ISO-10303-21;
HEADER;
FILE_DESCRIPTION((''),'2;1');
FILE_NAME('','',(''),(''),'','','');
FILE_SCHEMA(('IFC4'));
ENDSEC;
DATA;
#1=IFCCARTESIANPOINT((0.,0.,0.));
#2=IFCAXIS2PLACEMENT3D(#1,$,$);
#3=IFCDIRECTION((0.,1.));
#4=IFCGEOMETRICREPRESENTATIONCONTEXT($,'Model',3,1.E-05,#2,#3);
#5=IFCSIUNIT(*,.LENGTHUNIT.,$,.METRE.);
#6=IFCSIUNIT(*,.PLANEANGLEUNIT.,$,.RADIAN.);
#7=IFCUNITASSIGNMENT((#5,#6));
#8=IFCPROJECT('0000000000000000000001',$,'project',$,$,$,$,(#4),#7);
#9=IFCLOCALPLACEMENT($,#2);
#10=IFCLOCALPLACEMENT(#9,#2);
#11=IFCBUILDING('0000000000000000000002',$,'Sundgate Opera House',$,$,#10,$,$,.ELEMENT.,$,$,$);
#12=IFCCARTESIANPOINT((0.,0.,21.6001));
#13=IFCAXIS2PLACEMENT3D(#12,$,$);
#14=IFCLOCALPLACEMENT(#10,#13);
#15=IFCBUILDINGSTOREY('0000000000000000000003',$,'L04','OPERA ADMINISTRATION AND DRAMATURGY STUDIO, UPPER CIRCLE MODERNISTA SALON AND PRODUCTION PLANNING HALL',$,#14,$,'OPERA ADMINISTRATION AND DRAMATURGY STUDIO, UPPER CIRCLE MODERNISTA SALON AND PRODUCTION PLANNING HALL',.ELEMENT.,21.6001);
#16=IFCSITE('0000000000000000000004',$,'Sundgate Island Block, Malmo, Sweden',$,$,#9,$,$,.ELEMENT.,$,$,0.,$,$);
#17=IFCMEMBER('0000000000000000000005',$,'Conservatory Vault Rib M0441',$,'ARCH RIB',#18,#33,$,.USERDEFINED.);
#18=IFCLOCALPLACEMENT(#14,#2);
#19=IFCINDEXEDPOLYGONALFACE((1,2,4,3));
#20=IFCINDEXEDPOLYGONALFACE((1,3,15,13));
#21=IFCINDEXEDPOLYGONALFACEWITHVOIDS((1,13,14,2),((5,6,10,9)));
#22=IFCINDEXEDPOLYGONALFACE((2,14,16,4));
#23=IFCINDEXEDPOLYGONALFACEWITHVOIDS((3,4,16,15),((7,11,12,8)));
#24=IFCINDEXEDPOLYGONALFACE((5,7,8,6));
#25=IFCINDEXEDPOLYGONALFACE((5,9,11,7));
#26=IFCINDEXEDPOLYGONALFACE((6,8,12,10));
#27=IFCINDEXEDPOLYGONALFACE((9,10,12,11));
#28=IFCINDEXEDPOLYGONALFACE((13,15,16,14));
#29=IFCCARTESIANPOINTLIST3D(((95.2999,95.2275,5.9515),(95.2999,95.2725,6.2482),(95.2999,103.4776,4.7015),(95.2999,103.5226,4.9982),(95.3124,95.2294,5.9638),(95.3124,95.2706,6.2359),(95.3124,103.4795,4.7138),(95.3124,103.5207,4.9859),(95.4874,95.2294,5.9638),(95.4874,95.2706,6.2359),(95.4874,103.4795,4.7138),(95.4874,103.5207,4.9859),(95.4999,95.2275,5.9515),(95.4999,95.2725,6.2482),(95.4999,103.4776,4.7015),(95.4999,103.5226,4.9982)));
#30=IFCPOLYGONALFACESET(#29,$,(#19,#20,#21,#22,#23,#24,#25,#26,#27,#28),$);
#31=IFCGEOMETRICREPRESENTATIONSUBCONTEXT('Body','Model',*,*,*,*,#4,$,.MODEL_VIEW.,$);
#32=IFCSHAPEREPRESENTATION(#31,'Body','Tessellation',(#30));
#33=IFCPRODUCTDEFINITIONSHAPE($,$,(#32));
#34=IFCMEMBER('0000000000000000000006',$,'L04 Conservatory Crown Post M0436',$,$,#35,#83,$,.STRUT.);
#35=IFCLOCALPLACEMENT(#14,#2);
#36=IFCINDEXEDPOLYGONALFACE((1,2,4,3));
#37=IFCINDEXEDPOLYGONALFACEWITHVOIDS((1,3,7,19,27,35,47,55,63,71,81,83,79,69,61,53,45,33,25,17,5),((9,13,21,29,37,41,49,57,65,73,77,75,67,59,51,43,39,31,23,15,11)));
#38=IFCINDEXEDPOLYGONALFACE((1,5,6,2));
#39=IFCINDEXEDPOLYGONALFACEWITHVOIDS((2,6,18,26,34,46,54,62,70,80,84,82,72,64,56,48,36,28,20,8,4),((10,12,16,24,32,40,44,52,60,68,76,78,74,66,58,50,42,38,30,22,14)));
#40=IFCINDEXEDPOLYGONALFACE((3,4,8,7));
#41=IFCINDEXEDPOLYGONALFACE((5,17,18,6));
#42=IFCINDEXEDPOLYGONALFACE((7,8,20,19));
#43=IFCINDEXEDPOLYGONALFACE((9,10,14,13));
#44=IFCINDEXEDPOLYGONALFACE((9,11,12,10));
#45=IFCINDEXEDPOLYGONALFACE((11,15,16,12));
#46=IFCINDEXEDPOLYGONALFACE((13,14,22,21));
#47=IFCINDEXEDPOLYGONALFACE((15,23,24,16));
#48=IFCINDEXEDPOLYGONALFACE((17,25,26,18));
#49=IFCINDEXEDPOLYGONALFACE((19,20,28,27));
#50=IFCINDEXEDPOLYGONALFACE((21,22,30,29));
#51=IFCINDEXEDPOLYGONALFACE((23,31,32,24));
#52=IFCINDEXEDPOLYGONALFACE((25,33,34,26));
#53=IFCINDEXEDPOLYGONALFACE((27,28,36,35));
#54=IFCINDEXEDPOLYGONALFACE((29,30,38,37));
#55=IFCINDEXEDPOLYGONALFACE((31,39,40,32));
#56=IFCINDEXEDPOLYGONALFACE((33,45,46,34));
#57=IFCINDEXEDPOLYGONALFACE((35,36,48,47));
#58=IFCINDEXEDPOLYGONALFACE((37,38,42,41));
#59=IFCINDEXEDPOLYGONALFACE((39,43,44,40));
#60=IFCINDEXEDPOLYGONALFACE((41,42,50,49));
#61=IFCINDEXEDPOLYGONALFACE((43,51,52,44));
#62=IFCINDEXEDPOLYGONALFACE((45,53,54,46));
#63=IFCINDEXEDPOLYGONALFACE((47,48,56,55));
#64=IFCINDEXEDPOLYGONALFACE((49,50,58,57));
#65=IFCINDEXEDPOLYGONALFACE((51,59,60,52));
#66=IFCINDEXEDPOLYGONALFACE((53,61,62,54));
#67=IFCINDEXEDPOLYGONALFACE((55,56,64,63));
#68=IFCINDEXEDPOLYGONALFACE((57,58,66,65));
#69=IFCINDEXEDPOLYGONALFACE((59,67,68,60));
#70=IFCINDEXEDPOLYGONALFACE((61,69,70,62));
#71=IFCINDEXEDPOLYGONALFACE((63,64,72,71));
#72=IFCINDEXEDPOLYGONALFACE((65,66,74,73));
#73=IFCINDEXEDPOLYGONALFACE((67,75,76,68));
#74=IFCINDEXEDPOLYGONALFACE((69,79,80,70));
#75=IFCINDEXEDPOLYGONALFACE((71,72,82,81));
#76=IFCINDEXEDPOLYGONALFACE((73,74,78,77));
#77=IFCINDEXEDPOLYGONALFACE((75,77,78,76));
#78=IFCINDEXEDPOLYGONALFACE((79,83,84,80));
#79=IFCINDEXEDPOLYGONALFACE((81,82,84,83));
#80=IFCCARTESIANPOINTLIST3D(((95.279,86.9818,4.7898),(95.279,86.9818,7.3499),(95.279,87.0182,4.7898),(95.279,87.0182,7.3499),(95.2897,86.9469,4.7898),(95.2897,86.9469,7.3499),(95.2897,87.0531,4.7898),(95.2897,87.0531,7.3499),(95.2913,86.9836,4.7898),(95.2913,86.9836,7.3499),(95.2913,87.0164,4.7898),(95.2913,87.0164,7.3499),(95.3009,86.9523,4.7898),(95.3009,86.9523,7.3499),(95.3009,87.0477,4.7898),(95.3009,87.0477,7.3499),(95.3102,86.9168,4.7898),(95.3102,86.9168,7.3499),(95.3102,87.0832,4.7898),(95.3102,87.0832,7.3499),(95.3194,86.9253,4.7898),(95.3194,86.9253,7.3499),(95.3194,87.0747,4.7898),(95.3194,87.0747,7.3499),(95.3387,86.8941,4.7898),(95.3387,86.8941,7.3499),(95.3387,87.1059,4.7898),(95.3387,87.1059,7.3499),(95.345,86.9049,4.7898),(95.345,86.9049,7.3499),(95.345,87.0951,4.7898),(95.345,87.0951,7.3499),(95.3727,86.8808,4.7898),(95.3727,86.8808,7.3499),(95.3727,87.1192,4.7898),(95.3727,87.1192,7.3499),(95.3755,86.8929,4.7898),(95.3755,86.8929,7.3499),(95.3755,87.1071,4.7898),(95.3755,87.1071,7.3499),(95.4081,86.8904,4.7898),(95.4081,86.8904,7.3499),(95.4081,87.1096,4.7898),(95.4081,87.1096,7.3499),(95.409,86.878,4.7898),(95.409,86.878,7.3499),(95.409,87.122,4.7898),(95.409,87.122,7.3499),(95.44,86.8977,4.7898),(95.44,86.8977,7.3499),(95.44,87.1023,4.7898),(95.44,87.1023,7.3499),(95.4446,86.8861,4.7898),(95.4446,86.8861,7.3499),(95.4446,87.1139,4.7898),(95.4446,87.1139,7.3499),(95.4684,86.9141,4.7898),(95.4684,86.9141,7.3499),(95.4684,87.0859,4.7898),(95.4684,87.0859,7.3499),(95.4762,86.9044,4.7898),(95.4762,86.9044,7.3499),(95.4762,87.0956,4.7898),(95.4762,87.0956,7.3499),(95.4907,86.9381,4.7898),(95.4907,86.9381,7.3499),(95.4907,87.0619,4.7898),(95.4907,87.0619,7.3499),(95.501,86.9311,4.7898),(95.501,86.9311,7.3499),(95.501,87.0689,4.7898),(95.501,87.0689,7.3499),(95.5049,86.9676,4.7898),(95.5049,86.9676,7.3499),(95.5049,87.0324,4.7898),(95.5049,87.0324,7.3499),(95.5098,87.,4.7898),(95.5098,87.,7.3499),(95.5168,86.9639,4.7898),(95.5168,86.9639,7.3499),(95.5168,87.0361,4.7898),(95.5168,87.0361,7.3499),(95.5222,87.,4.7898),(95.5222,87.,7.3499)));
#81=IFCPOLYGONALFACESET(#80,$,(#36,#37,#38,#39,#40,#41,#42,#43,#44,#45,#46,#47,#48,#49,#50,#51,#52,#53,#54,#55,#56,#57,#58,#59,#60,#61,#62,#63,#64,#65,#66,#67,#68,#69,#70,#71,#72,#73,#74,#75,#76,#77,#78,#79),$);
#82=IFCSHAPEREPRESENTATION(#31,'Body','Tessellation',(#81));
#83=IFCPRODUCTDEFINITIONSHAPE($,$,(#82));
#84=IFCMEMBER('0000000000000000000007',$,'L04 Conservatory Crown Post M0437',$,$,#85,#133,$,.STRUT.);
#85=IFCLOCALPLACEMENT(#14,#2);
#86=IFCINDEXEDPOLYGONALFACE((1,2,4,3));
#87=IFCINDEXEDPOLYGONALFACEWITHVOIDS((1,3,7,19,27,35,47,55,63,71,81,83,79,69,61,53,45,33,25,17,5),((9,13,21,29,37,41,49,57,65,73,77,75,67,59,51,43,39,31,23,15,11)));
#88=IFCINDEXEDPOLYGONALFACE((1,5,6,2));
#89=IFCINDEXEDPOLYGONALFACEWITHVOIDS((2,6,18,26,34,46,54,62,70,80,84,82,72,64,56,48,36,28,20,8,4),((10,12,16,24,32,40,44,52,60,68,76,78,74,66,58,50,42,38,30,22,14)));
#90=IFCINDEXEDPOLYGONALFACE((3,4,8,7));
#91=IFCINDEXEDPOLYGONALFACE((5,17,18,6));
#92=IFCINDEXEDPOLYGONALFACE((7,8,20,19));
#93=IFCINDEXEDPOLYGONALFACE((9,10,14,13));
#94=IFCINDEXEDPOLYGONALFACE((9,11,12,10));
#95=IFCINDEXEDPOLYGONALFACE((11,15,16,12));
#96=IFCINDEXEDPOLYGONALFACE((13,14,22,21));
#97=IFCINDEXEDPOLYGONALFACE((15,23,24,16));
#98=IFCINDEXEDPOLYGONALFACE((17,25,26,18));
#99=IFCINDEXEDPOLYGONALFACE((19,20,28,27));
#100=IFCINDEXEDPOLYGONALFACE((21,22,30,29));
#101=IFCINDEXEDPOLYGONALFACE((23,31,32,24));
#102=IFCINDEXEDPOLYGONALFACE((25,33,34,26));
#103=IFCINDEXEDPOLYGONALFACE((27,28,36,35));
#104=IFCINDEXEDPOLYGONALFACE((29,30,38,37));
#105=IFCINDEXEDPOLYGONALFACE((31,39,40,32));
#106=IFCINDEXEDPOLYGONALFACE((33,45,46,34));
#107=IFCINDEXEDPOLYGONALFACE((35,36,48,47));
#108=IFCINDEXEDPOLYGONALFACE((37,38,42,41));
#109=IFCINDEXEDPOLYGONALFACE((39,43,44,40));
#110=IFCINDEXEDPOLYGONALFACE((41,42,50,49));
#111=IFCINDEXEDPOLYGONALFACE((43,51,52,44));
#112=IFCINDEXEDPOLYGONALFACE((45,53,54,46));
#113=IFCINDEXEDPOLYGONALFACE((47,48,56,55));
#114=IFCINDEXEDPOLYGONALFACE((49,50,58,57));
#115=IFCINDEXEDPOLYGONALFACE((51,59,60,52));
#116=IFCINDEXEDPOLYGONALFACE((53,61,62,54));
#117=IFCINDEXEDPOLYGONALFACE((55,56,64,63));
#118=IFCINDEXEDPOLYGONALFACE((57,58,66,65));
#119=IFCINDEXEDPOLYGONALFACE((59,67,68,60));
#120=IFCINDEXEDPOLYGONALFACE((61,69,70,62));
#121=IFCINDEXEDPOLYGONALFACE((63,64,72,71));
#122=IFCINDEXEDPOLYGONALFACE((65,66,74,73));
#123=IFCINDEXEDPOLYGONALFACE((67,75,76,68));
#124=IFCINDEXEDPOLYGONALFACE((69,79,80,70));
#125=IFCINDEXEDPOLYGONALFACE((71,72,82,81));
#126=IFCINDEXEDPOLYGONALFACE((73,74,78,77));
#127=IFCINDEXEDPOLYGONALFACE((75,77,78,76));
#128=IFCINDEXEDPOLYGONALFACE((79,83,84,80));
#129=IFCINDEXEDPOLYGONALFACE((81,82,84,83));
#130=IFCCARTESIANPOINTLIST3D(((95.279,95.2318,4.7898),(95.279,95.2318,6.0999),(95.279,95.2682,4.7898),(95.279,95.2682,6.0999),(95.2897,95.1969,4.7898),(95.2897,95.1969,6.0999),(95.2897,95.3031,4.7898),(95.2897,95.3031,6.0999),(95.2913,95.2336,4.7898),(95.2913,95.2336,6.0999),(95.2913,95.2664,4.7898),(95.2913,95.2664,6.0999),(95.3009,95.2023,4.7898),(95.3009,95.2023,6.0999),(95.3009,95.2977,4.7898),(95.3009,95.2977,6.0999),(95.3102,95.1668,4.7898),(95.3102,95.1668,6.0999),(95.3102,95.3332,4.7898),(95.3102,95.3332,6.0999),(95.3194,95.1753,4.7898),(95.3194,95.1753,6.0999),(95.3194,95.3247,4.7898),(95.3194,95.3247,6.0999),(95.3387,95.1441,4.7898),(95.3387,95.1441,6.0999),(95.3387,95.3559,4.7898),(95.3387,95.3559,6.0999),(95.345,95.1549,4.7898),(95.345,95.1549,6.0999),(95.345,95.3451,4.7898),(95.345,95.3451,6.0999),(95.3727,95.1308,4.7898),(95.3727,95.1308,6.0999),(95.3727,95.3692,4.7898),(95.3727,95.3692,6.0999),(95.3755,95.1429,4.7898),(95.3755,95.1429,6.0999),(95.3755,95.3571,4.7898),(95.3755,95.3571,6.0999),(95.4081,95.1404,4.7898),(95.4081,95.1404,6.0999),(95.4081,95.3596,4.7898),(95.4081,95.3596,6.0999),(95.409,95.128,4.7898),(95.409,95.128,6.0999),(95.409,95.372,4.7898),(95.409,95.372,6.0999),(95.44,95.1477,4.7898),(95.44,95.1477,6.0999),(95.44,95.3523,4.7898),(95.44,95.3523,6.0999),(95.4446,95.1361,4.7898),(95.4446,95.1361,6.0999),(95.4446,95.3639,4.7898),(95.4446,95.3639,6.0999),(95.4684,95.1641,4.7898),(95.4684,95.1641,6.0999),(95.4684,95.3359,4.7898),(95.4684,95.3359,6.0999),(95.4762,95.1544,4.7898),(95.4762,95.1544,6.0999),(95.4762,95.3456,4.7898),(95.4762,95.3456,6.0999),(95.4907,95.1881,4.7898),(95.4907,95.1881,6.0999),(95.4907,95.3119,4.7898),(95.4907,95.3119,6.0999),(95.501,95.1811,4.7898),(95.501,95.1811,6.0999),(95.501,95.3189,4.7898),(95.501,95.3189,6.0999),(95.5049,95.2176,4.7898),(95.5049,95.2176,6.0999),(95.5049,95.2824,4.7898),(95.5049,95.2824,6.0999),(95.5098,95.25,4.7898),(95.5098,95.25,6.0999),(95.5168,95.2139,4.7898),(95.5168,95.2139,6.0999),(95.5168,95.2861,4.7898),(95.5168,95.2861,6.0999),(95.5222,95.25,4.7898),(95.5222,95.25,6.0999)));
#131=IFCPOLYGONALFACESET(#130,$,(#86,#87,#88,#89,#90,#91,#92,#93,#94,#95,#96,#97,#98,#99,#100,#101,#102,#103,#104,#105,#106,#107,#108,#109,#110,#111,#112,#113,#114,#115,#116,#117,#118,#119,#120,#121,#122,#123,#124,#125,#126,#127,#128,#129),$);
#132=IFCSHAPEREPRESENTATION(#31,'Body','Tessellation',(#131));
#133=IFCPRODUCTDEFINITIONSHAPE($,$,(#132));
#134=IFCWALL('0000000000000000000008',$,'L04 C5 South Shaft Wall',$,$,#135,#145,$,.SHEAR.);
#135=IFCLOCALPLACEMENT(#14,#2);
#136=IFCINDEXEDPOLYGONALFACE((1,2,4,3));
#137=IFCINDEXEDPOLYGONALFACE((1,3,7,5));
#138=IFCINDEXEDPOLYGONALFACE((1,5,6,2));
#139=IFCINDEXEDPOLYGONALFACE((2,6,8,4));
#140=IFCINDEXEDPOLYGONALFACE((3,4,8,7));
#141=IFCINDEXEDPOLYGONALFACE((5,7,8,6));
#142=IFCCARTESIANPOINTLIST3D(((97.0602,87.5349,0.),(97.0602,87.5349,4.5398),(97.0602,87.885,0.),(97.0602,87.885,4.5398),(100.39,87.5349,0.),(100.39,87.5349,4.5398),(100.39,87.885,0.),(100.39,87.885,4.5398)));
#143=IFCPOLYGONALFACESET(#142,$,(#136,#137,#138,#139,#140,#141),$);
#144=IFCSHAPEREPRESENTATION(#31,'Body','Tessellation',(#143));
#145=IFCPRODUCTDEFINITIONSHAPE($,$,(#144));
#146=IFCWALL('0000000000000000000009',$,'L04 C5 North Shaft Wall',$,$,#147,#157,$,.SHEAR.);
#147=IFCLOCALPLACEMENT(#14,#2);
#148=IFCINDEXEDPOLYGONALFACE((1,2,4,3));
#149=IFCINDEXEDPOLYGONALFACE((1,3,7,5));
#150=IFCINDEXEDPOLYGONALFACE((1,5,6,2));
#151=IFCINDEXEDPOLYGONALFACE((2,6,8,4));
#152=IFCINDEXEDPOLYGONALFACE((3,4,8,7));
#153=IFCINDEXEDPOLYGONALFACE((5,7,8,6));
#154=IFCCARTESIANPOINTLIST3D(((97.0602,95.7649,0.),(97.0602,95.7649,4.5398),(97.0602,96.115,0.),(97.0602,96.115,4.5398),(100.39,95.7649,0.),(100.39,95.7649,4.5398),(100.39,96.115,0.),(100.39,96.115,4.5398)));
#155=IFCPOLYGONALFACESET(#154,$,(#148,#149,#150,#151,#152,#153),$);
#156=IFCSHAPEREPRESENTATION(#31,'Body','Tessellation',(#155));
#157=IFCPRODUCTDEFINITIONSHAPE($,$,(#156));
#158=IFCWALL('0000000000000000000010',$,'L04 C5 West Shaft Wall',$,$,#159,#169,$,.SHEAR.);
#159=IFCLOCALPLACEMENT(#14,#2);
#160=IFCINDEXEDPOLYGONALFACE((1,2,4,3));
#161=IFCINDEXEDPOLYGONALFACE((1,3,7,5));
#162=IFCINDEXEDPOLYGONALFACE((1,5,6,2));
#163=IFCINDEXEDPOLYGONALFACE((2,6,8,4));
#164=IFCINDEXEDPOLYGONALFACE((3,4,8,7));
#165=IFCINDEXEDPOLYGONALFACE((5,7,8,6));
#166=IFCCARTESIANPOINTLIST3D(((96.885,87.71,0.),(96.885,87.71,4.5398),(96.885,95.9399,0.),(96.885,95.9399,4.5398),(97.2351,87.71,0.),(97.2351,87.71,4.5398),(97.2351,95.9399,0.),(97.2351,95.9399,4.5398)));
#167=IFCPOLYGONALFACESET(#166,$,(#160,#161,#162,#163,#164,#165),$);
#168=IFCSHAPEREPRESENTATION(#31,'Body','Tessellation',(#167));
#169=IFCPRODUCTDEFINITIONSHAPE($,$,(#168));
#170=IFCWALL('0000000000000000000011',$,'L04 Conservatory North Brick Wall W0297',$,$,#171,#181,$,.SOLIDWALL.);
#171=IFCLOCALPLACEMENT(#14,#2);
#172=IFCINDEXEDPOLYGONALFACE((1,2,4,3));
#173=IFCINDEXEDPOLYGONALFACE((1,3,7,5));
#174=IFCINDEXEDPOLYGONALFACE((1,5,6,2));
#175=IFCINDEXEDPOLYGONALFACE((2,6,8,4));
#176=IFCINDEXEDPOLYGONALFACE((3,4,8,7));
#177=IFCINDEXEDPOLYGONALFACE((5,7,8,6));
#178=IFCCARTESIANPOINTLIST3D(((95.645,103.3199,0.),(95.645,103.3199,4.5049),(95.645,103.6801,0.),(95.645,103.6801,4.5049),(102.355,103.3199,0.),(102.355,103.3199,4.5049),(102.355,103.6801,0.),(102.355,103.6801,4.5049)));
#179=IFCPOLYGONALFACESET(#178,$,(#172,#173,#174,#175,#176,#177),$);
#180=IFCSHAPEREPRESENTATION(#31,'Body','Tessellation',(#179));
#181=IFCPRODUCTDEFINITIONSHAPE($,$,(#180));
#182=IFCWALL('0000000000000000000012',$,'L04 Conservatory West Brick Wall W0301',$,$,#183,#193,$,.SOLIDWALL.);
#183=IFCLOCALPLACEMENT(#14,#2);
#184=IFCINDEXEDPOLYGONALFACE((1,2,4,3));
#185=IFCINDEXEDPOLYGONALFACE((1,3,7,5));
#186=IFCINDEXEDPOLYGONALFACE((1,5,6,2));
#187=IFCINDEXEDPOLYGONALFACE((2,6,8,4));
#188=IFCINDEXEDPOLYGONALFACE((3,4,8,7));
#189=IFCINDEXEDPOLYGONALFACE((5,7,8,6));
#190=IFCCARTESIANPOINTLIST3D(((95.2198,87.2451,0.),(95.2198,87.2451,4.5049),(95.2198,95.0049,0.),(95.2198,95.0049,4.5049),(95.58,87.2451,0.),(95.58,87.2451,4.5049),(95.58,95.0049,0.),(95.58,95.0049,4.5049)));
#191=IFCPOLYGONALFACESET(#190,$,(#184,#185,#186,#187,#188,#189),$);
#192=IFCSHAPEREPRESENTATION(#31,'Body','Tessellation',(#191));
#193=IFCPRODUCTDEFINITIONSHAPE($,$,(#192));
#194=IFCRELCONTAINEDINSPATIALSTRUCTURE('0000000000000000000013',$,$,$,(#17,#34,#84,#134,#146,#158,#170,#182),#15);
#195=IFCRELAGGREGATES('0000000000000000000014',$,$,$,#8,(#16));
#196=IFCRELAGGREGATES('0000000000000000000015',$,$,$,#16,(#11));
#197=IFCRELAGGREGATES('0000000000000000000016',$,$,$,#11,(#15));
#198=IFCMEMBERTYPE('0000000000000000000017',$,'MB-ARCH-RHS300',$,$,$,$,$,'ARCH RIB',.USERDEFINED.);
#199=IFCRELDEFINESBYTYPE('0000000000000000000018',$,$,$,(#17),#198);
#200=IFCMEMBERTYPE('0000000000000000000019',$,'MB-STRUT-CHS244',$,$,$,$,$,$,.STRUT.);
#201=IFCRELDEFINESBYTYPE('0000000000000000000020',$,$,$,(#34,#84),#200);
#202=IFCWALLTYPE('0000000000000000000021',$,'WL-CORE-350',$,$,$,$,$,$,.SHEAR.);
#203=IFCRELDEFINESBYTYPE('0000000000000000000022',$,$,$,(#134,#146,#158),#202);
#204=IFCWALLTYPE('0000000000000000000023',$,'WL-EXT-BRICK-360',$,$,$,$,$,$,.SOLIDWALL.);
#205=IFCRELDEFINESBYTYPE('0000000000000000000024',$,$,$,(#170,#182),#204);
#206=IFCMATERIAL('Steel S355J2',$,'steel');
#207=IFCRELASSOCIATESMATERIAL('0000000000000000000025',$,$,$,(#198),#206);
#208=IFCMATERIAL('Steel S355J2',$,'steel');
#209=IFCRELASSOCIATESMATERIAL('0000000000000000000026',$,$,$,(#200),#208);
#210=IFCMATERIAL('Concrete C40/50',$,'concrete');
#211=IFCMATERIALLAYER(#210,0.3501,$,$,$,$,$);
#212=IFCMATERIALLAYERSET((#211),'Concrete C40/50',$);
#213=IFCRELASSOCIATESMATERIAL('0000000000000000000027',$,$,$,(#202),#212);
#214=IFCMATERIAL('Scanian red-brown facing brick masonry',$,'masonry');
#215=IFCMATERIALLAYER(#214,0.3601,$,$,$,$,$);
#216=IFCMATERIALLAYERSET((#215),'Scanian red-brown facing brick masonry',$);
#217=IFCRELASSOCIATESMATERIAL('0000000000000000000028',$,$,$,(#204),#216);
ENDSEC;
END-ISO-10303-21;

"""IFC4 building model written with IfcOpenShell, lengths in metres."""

from ifc_helpers import new_model, si_unit, direction, frame, frame_2d, origin, origin_2d, place, context, subcontext, project, spatial, rectangle, hollow_rectangle, hollow_circle, extrude, material, layer, layer_set, material_profile, profile_set, type_object, element, save


model = new_model("IFC4")

# Units and contexts
model_context = context("Model", 3, precision=1e-05, world=origin(), true_north=direction((0.0, 1.0)))
body_context = subcontext(model_context, "Body", "Model", "MODEL_VIEW")
ifc_project = project(units=[si_unit("LENGTHUNIT", "METRE"), si_unit("PLANEANGLEUNIT", "RADIAN")], contexts=[model_context])

# Site, building, storey
site_placement = place(None, origin())
site = spatial("IfcSite", under=ifc_project, at=site_placement, Name="Sundgate Island Block, Malmo, Sweden", CompositionType="ELEMENT", RefElevation=0.0)
building_placement = place(site_placement, origin())
building = spatial("IfcBuilding", under=site, at=building_placement, Name="Sundgate Opera House", CompositionType="ELEMENT")
storey_placement = place(building_placement, frame((0.0, 0.0, 21.6001)))
storey = spatial("IfcBuildingStorey", under=building, at=storey_placement, Name="L04", Description="OPERA ADMINISTRATION AND DRAMATURGY STUDIO, UPPER CIRCLE MODERNISTA SALON AND PRODUCTION PLANNING HALL", LongName="OPERA ADMINISTRATION AND DRAMATURGY STUDIO, UPPER CIRCLE MODERNISTA SALON AND PRODUCTION PLANNING HALL", CompositionType="ELEMENT", Elevation=21.6001)

# Members
ifc_material_1 = material(Name="Steel S355J2", Category="steel")
ifc_material_profile_1 = material_profile(ifc_material_1, hollow_rectangle(XDim=0.2, YDim=0.3, WallThickness=0.0125, at=origin_2d()), Name="RHS 300x200x12.5")
ifc_profile_set_1 = profile_set([ifc_material_profile_1], Name="Steel S355J2")
member_type_1 = type_object("IfcMemberType", Name="MB-ARCH-RHS300", ElementType="ARCH RIB", PredefinedType="USERDEFINED", material=ifc_profile_set_1)
member_1_placement = place(storey_placement, frame((95.3999, 95.25, 6.0999), z_axis=(0.0, 0.988716, -0.149805), x_axis=(-1.0, 0.0, 0.0)))
element("IfcMember", 1, at=member_1_placement, inside=storey, type_object=member_type_1, Name="Conservatory Vault Rib M0441", ObjectType="ARCH RIB", PredefinedType="USERDEFINED", context=body_context, shape_type="SweptSolid", body=[
    extrude(hollow_rectangle(XDim=0.2, YDim=0.3, WallThickness=0.0125, at=origin_2d()), origin(), (0.0, 0.0, 1.0), 8.3442),
])
ifc_material_2 = material(Name="Steel S355J2", Category="steel")
ifc_material_profile_2 = material_profile(ifc_material_2, hollow_circle(Radius=0.1223, WallThickness=0.0125, at=origin_2d()), Name="CHS 244.5x12.5")
ifc_profile_set_2 = profile_set([ifc_material_profile_2], Name="Steel S355J2")
member_type_2 = type_object("IfcMemberType", Name="MB-STRUT-CHS244", PredefinedType="STRUT", material=ifc_profile_set_2)
member_2_placement = place(storey_placement, frame((95.3999, 87.0, 4.7898), z_axis=(0.0, 0.0, 1.0), x_axis=(1.0, 0.0, 0.0)))
element("IfcMember", 2, at=member_2_placement, inside=storey, type_object=member_type_2, Name="L04 Conservatory Crown Post M0436", PredefinedType="STRUT", context=body_context, shape_type="SweptSolid", body=[
    extrude(hollow_circle(Radius=0.1223, WallThickness=0.0125, at=origin_2d()), origin(), (0.0, 0.0, 1.0), 2.5601),
])
member_3_placement = place(storey_placement, frame((95.3999, 95.25, 4.7898), z_axis=(0.0, 0.0, 1.0), x_axis=(1.0, 0.0, 0.0)))
element("IfcMember", 3, at=member_3_placement, inside=storey, type_object=member_type_2, Name="L04 Conservatory Crown Post M0437", PredefinedType="STRUT", context=body_context, shape_type="SweptSolid", body=[
    extrude(hollow_circle(Radius=0.1223, WallThickness=0.0125, at=origin_2d()), origin(), (0.0, 0.0, 1.0), 1.3101),
])

# Walls
ifc_material_3 = material(Name="Concrete C40/50", Category="concrete")
ifc_layer_1 = layer(ifc_material_3, 0.3501)
ifc_layer_set_1 = layer_set([ifc_layer_1], Name="Concrete C40/50")
wall_type_1 = type_object("IfcWallType", Name="WL-CORE-350", PredefinedType="SHEAR", material=ifc_layer_set_1)
for number, where, z_axis, x_axis, name in (
    (4, (97.0601, 87.71, 0.0), (0.0, 0.0, 1.0), (1.0, 0.0, 0.0), "L04 C5 South Shaft Wall"),
    (5, (97.0601, 95.9399, 0.0), (0.0, 0.0, 1.0), (1.0, 0.0, 0.0), "L04 C5 North Shaft Wall"),
):
    element("IfcWall", number, at=place(storey_placement, frame(where, z_axis=z_axis, x_axis=x_axis)), inside=storey, type_object=wall_type_1, Name=name, PredefinedType="SHEAR", context=body_context, shape_type="SweptSolid", body=[
        extrude(rectangle(XDim=3.3298, YDim=0.3501, at=frame_2d((1.665, 0.0))), origin(), (0.0, 0.0, 1.0), 4.5398),
    ])
wall_1_placement = place(storey_placement, frame((97.0601, 87.71, 0.0), z_axis=(0.0, 0.0, 1.0), x_axis=(0.0, 1.0, 0.0)))
element("IfcWall", 6, at=wall_1_placement, inside=storey, type_object=wall_type_1, Name="L04 C5 West Shaft Wall", PredefinedType="SHEAR", context=body_context, shape_type="SweptSolid", body=[
    extrude(rectangle(XDim=8.23, YDim=0.3501, at=frame_2d((4.115, 0.0))), origin(), (0.0, 0.0, 1.0), 4.5398),
])
ifc_material_4 = material(Name="Scanian red-brown facing brick masonry", Category="masonry")
ifc_layer_2 = layer(ifc_material_4, 0.3601)
ifc_layer_set_2 = layer_set([ifc_layer_2], Name="Scanian red-brown facing brick masonry")
wall_type_2 = type_object("IfcWallType", Name="WL-EXT-BRICK-360", PredefinedType="SOLIDWALL", material=ifc_layer_set_2)
wall_2_placement = place(storey_placement, frame((95.645, 103.5, 0.0), z_axis=(0.0, 0.0, 1.0), x_axis=(1.0, 0.0, 0.0)))
element("IfcWall", 7, at=wall_2_placement, inside=storey, type_object=wall_type_2, Name="L04 Conservatory North Brick Wall W0297", PredefinedType="SOLIDWALL", context=body_context, shape_type="SweptSolid", body=[
    extrude(rectangle(XDim=6.71, YDim=0.3601, at=frame_2d((3.355, 0.0))), origin(), (0.0, 0.0, 1.0), 4.5049),
])
for number, where, z_axis, x_axis, name in (
    (8, (95.3999, 95.0049, 0.0), (0.0, 0.0, 1.0), (0.0, -1.0, 0.0), "L04 Conservatory West Brick Wall W0301"),
):
    element("IfcWall", number, at=place(storey_placement, frame(where, z_axis=z_axis, x_axis=x_axis)), inside=storey, type_object=wall_type_2, Name=name, PredefinedType="SOLIDWALL", context=body_context, shape_type="SweptSolid", body=[
        extrude(rectangle(XDim=7.7598, YDim=0.3601, at=frame_2d((3.8799, 0.0))), origin(), (0.0, 0.0, 1.0), 4.5049),
    ])

save(model, "model.ifc")
